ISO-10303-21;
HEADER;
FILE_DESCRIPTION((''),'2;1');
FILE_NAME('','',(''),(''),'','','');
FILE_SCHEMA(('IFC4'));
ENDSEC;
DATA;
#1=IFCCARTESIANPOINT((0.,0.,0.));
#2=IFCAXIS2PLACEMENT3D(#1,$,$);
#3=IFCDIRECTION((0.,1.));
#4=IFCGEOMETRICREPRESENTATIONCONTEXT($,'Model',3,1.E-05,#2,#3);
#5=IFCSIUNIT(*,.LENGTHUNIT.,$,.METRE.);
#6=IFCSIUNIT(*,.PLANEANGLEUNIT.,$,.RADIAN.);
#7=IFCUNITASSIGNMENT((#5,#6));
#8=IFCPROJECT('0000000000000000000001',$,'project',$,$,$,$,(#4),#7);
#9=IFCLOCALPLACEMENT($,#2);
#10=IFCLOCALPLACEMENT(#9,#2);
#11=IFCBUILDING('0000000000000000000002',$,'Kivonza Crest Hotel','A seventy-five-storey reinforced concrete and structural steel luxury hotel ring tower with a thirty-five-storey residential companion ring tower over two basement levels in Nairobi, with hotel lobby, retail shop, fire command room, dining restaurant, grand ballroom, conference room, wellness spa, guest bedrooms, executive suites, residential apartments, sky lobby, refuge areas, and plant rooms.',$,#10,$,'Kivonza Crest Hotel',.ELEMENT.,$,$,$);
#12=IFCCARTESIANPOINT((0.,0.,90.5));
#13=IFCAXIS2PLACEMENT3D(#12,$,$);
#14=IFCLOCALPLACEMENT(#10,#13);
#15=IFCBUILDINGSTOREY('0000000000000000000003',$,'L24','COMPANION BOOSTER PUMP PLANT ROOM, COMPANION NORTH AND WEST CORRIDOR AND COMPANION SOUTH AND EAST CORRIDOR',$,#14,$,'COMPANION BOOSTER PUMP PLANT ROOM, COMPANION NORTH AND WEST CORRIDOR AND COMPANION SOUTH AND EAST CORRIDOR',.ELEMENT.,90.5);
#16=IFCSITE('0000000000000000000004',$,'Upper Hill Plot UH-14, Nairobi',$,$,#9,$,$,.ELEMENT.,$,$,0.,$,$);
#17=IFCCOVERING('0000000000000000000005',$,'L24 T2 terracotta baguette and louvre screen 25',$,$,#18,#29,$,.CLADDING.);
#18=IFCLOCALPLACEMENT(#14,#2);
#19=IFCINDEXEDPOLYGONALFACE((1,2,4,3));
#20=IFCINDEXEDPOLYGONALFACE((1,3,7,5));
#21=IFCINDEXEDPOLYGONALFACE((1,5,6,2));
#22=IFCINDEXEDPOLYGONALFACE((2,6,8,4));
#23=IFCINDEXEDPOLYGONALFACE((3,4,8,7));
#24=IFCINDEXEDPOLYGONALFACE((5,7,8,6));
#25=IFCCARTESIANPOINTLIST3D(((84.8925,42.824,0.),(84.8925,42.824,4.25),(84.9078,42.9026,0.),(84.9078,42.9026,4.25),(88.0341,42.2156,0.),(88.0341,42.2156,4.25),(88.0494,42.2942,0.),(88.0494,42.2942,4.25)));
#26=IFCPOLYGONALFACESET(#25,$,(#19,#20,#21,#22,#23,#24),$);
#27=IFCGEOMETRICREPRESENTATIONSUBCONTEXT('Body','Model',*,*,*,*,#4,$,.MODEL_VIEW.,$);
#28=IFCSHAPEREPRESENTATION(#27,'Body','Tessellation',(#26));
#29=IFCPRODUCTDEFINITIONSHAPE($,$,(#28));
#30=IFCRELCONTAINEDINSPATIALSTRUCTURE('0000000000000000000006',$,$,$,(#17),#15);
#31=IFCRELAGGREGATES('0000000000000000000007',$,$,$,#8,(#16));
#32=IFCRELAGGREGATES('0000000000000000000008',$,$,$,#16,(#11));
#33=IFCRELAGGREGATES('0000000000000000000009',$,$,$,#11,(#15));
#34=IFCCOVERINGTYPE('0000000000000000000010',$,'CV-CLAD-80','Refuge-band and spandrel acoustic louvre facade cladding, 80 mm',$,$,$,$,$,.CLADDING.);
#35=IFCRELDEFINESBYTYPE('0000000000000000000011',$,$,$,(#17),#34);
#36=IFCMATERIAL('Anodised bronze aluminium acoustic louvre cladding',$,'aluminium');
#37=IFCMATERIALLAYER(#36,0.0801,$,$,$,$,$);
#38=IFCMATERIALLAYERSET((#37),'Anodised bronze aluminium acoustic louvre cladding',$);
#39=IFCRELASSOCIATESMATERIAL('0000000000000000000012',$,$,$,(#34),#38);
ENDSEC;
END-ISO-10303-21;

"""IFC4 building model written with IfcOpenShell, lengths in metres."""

from ifc_helpers import new_model, si_unit, direction, frame, origin, origin_2d, place, context, subcontext, project, spatial, rectangle, extrude, material, layer, layer_set, type_object, element, save


model = new_model("IFC4")

# Units and contexts
model_context = context("Model", 3, precision=1e-05, world=origin(), true_north=direction((0.0, 1.0)))
body_context = subcontext(model_context, "Body", "Model", "MODEL_VIEW")
ifc_project = project(units=[si_unit("LENGTHUNIT", "METRE"), si_unit("PLANEANGLEUNIT", "RADIAN")], contexts=[model_context])

# Site, building, storey
site_placement = place(None, origin())
site = spatial("IfcSite", under=ifc_project, at=site_placement, Name="Upper Hill Plot UH-14, Nairobi", CompositionType="ELEMENT", RefElevation=0.0)
building_placement = place(site_placement, origin())
building = spatial("IfcBuilding", under=site, at=building_placement, Name="Kivonza Crest Hotel", Description="A seventy-five-storey reinforced concrete and structural steel luxury hotel ring tower with a thirty-five-storey residential companion ring tower over two basement levels in Nairobi, with hotel lobby, retail shop, fire command room, dining restaurant, grand ballroom, conference room, wellness spa, guest bedrooms, executive suites, residential apartments, sky lobby, refuge areas, and plant rooms.", LongName="Kivonza Crest Hotel", CompositionType="ELEMENT")
storey_placement = place(building_placement, frame((0.0, 0.0, 90.5)))
storey = spatial("IfcBuildingStorey", under=building, at=storey_placement, Name="L24", Description="COMPANION BOOSTER PUMP PLANT ROOM, COMPANION NORTH AND WEST CORRIDOR AND COMPANION SOUTH AND EAST CORRIDOR", LongName="COMPANION BOOSTER PUMP PLANT ROOM, COMPANION NORTH AND WEST CORRIDOR AND COMPANION SOUTH AND EAST CORRIDOR", CompositionType="ELEMENT", Elevation=90.5)

# Covering
ifc_material_1 = material(Name="Anodised bronze aluminium acoustic louvre cladding", Category="aluminium")
ifc_layer_1 = layer(ifc_material_1, 0.0801)
ifc_layer_set_1 = layer_set([ifc_layer_1], Name="Anodised bronze aluminium acoustic louvre cladding")
covering_type = type_object("IfcCoveringType", Name="CV-CLAD-80", Description="Refuge-band and spandrel acoustic louvre facade cladding, 80 mm", PredefinedType="CLADDING", material=ifc_layer_set_1)
for number, where, z_axis, x_axis, name in (
    (1, (86.4709, 42.5591, 0.0), (0.0, 0.0, 1.0), (-0.98176, 0.190124, 0.0), "L24 T2 terracotta baguette and louvre screen 25"),
):
    element("IfcCovering", number, at=place(storey_placement, frame(where, z_axis=z_axis, x_axis=x_axis)), inside=storey, type_object=covering_type, Name=name, PredefinedType="CLADDING", context=body_context, shape_type="SweptSolid", body=[
        extrude(rectangle(XDim=3.2, YDim=0.0801, at=origin_2d()), origin(), (0.0, 0.0, 1.0), 4.25),
    ])

save(model, "model.ifc")
